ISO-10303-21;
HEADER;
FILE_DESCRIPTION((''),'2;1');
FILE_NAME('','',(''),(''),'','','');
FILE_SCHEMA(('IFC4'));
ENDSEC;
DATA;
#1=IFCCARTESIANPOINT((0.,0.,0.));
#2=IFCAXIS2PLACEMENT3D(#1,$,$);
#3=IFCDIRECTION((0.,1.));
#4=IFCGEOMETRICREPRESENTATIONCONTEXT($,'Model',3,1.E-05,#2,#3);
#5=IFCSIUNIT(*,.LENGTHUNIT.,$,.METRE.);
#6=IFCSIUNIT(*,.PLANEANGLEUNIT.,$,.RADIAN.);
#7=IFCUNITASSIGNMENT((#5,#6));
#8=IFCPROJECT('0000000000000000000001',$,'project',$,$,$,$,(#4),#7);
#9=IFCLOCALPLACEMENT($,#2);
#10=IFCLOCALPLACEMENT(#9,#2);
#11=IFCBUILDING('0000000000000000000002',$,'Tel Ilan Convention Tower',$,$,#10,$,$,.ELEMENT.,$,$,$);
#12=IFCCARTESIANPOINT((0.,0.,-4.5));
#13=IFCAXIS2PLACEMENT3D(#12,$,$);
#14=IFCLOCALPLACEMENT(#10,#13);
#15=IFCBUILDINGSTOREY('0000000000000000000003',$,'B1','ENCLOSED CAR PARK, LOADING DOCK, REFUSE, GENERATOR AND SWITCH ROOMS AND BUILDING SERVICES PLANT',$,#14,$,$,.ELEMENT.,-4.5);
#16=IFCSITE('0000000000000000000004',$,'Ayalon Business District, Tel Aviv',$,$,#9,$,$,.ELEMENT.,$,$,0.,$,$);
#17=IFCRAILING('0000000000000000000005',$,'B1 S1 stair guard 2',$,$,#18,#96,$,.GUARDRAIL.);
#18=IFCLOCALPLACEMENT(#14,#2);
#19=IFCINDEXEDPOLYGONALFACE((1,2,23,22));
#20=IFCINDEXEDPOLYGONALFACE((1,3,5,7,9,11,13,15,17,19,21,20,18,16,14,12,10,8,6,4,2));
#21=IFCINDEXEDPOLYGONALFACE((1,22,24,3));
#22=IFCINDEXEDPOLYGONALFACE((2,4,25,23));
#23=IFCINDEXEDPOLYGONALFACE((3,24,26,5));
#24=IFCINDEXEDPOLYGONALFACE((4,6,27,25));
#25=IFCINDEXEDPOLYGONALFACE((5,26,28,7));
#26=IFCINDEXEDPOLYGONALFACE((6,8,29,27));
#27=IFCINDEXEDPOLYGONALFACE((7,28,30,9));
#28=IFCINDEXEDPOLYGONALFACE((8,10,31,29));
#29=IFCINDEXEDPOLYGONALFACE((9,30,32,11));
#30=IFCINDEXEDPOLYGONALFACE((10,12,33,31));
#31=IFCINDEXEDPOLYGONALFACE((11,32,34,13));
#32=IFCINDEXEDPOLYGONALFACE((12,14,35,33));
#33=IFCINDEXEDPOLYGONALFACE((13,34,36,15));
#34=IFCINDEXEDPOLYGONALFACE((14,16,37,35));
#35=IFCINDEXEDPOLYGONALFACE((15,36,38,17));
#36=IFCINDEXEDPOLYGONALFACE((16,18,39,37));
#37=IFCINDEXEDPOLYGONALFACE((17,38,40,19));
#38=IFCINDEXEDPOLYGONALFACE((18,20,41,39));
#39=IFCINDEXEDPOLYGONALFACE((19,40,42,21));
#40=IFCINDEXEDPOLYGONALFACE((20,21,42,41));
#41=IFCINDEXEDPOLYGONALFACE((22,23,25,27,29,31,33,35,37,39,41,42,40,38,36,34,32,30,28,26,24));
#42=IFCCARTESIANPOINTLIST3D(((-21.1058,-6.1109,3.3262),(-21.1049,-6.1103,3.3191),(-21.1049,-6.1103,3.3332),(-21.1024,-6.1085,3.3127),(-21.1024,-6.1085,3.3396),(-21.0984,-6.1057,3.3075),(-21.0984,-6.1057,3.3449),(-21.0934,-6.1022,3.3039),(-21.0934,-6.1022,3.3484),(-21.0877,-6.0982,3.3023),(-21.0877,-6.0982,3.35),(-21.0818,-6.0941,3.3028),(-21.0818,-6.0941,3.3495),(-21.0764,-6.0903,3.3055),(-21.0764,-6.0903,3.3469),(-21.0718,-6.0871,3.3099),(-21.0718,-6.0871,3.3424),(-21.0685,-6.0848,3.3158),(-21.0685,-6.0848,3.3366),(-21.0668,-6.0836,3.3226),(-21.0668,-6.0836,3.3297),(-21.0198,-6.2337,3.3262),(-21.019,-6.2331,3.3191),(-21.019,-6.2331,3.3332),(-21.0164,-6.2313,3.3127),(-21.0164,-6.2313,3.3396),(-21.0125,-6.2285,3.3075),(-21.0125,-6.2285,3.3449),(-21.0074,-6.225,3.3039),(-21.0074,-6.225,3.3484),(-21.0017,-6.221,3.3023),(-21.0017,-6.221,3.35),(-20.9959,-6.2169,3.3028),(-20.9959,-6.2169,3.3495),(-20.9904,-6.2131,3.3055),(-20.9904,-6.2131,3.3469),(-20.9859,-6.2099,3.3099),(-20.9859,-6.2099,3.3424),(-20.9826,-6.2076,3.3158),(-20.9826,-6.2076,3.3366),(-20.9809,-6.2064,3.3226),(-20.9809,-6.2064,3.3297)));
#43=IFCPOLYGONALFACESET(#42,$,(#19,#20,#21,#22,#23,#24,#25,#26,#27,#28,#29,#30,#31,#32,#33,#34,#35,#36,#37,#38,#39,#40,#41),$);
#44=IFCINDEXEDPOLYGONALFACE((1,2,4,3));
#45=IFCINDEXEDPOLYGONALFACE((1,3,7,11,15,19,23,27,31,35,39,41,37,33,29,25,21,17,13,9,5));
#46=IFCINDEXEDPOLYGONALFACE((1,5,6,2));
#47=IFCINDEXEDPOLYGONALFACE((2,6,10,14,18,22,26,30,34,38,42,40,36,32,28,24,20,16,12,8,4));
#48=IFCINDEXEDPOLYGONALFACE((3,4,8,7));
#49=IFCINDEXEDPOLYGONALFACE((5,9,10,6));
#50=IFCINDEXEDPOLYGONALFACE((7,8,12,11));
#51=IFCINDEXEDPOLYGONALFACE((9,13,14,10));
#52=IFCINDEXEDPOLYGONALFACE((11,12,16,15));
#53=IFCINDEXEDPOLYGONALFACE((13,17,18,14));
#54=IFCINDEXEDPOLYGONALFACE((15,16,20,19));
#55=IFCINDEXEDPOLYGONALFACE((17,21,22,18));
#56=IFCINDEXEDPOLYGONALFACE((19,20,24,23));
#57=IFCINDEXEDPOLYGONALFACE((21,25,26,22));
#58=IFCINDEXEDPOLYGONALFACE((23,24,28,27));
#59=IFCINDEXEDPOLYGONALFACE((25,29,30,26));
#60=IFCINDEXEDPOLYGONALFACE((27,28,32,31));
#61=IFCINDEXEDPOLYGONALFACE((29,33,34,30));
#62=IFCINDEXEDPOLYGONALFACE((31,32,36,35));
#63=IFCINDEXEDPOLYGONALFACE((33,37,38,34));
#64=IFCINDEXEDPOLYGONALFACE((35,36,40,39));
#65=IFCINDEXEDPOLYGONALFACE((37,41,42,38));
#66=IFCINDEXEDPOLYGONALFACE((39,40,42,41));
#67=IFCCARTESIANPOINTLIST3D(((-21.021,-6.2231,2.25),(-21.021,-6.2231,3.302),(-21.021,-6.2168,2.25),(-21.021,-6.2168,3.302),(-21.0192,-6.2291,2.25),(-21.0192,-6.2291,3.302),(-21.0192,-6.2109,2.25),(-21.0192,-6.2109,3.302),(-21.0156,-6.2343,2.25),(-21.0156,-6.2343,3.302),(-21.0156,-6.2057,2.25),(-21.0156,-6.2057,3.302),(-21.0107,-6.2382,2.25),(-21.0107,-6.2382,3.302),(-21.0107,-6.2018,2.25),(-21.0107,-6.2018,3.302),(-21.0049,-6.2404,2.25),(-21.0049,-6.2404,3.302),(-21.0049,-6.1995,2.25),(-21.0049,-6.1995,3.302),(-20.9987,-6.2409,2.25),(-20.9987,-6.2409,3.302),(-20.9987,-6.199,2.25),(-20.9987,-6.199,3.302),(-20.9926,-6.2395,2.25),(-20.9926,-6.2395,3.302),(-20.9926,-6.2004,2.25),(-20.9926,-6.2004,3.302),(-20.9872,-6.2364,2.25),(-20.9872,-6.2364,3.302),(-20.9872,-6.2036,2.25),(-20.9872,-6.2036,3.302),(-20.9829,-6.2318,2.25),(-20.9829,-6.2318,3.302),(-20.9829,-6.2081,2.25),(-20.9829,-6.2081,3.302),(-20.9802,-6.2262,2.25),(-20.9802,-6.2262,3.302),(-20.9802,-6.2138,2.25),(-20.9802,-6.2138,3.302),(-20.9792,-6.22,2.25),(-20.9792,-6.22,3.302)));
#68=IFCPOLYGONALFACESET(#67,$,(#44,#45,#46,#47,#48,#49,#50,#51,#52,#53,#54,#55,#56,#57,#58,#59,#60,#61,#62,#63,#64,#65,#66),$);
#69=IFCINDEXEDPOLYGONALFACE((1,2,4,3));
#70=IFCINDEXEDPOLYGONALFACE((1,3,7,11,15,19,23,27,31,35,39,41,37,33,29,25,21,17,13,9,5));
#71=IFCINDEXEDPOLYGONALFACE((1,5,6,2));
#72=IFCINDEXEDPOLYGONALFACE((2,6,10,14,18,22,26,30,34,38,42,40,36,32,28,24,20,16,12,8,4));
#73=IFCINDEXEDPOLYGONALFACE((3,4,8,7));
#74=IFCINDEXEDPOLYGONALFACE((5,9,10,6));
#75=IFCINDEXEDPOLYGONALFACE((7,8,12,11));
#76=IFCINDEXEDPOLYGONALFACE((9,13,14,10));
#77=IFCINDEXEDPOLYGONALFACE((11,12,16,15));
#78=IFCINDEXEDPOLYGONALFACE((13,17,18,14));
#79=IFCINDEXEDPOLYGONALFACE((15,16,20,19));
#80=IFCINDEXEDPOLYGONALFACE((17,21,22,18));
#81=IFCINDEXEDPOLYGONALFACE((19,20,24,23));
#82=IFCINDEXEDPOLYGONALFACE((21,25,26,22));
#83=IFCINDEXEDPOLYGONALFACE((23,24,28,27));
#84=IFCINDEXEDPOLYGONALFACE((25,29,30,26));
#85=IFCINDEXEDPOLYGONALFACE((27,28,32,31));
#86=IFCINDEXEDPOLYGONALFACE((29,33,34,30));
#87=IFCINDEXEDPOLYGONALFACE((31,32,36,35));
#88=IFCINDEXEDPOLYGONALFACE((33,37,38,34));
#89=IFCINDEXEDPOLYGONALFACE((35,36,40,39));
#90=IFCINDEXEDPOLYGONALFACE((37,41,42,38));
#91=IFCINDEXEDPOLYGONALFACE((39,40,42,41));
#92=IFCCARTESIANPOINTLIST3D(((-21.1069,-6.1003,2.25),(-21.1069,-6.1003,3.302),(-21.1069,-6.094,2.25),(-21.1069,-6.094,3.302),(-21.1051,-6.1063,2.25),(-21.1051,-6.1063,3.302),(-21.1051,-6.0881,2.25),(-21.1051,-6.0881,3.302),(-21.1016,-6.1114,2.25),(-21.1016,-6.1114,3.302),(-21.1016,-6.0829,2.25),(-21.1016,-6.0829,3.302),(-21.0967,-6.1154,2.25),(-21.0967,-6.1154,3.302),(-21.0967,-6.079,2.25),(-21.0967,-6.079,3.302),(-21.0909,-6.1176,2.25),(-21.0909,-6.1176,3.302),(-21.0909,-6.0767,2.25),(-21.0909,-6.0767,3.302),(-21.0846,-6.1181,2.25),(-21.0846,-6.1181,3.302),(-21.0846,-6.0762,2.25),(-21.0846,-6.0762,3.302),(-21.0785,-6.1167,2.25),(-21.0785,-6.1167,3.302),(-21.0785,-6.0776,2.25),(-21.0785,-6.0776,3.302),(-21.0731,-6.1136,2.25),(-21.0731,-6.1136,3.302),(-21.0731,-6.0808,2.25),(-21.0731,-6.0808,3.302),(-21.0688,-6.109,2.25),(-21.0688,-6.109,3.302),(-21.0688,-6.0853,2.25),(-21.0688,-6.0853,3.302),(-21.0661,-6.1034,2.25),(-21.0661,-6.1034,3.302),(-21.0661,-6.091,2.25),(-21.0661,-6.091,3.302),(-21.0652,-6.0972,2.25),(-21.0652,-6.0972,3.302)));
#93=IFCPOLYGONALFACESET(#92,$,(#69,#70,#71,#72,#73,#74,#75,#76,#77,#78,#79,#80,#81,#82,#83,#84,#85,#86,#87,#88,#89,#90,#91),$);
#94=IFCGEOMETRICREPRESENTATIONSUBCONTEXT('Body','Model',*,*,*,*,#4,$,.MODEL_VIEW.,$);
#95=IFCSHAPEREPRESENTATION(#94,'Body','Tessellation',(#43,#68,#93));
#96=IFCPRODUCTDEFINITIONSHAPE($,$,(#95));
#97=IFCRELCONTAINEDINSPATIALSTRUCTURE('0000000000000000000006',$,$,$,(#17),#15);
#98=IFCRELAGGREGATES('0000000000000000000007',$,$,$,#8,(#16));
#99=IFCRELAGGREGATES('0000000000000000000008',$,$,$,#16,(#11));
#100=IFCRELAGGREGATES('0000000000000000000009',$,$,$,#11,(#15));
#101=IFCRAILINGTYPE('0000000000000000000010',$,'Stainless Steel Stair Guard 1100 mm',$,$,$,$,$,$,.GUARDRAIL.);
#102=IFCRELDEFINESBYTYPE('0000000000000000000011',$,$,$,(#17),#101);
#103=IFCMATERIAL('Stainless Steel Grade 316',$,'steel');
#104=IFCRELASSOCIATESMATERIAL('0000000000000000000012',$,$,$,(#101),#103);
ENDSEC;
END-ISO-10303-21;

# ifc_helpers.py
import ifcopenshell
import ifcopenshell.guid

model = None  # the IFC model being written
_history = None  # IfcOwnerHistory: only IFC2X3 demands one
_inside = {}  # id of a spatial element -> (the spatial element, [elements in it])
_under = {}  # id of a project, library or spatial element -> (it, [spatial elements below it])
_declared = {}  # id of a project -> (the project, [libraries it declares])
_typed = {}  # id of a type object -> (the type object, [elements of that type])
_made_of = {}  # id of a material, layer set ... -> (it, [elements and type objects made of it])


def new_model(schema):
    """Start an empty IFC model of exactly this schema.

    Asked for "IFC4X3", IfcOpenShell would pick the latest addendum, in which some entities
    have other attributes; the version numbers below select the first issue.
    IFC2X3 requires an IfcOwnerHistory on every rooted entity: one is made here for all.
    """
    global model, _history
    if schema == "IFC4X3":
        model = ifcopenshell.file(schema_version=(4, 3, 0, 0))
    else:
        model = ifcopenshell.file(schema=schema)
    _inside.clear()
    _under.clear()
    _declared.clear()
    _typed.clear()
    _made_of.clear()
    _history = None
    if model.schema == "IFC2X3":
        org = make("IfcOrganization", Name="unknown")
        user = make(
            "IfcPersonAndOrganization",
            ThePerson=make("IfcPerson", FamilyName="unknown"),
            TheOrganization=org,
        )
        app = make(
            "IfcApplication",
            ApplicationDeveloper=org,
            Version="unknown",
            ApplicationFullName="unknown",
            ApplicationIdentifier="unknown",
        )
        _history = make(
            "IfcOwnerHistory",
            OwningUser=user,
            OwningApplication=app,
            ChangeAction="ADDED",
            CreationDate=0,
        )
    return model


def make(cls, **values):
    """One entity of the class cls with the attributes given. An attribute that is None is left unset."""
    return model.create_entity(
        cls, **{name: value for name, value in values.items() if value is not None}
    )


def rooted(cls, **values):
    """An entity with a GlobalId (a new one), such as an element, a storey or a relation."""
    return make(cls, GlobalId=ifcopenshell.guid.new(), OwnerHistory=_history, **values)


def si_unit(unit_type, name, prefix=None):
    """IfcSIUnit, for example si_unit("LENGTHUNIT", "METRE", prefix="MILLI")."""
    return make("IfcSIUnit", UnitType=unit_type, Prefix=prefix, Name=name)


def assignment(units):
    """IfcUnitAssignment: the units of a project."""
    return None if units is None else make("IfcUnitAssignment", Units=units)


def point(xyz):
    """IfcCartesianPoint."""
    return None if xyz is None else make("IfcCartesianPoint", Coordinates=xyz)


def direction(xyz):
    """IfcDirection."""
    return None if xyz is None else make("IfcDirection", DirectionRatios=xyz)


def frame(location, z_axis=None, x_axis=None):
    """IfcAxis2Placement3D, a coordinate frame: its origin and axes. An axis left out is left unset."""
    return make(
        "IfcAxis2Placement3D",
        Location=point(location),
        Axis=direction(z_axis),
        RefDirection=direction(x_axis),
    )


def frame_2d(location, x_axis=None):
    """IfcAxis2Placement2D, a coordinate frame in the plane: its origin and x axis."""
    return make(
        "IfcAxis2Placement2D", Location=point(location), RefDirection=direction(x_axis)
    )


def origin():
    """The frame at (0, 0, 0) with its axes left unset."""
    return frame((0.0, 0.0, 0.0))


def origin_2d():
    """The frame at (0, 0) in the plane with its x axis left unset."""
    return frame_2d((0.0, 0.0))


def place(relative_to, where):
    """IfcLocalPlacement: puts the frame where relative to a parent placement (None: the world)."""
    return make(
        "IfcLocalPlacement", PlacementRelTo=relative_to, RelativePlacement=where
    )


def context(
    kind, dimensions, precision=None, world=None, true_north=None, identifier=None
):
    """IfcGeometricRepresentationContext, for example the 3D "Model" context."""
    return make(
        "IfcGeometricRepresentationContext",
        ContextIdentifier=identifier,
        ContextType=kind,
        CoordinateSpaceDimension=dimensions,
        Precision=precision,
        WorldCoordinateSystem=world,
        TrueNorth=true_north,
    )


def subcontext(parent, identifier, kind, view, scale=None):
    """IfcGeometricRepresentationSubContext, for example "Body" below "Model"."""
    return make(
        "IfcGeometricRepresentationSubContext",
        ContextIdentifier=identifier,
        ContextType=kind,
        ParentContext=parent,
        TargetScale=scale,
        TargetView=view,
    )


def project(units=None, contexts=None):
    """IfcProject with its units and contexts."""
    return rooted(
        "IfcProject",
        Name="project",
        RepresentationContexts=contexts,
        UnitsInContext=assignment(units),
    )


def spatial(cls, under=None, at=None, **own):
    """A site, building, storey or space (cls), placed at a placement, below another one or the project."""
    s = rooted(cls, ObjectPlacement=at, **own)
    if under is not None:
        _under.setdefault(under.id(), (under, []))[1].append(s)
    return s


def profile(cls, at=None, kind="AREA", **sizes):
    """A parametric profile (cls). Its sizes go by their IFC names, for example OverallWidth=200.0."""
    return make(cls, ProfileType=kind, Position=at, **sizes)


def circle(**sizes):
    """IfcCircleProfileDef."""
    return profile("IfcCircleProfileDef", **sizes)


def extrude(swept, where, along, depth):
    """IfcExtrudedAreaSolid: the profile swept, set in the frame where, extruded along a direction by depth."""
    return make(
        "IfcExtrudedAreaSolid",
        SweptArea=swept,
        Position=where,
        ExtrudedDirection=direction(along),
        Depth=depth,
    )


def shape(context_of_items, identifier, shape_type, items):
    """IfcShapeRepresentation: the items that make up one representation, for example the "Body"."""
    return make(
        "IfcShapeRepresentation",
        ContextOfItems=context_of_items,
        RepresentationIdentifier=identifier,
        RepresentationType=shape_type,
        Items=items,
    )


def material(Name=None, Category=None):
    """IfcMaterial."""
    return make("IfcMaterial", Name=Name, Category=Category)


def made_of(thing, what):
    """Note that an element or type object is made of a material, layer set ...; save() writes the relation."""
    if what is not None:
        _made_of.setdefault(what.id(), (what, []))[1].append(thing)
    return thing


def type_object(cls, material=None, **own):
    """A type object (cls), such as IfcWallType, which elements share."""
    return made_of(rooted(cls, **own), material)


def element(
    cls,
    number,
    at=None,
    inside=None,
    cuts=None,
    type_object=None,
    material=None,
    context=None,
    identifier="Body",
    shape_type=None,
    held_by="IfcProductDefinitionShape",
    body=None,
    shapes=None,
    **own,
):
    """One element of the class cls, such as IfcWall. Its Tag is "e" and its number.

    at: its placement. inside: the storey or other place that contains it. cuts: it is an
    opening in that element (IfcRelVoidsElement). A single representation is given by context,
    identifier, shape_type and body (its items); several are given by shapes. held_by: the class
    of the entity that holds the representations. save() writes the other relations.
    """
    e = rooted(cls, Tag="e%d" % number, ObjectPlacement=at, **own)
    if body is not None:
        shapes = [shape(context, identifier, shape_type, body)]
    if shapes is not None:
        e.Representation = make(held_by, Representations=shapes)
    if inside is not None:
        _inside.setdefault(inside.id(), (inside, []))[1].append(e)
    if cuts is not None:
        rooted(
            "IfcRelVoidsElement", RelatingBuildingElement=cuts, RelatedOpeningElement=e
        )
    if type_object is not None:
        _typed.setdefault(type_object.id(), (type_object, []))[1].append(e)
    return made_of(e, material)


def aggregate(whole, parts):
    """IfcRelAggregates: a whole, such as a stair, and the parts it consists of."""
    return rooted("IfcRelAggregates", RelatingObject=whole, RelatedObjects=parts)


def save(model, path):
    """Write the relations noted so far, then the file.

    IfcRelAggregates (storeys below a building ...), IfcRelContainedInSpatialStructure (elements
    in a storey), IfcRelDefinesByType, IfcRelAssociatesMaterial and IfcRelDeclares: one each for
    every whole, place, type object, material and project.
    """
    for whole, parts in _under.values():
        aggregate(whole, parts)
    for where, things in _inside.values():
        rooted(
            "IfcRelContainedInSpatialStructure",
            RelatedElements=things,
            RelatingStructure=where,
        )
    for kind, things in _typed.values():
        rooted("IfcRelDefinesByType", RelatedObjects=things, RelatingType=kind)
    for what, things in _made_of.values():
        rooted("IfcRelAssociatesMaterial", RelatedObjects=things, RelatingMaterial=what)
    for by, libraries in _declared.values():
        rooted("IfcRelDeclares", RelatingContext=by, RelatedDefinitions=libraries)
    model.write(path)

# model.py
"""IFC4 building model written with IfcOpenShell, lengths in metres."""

from ifc_helpers import new_model, si_unit, direction, frame, origin, origin_2d, place, context, subcontext, project, spatial, circle, extrude, material, type_object, element, save


model = new_model("IFC4")

# Units and contexts
model_context = context("Model", 3, precision=1e-05, world=origin(), true_north=direction((0.0, 1.0)))
body_context = subcontext(model_context, "Body", "Model", "MODEL_VIEW")
ifc_project = project(units=[si_unit("LENGTHUNIT", "METRE"), si_unit("PLANEANGLEUNIT", "RADIAN")], contexts=[model_context])

# Site, building, storey
site_placement = place(None, origin())
site = spatial("IfcSite", under=ifc_project, at=site_placement, Name="Ayalon Business District, Tel Aviv", CompositionType="ELEMENT", RefElevation=0.0)
building_placement = place(site_placement, origin())
building = spatial("IfcBuilding", under=site, at=building_placement, Name="Tel Ilan Convention Tower", CompositionType="ELEMENT")
storey_placement = place(building_placement, frame((0.0, 0.0, -4.5)))
storey = spatial("IfcBuildingStorey", under=building, at=storey_placement, Name="B1", Description="ENCLOSED CAR PARK, LOADING DOCK, REFUSE, GENERATOR AND SWITCH ROOMS AND BUILDING SERVICES PLANT", CompositionType="ELEMENT", Elevation=-4.5)

# Railing
ifc_material_1 = material(Name="Stainless Steel Grade 316", Category="steel")
railing_type_1 = type_object("IfcRailingType", Name="Stainless Steel Stair Guard 1100 mm", PredefinedType="GUARDRAIL", material=ifc_material_1)
railing_1_placement = place(storey_placement, frame((-21.0002, -6.22, 2.25)))
element("IfcRailing", 1, at=railing_1_placement, inside=storey, type_object=railing_type_1, Name="B1 S1 stair guard 2", PredefinedType="GUARDRAIL", context=body_context, shape_type="SweptSolid", body=[
    extrude(circle(Radius=0.0239, at=origin_2d()), frame((0.0, 0.0, 1.0762), z_axis=(-0.573353, 0.819308, 0.0), x_axis=(-0.819308, -0.573353, 0.0)), (0.0, 0.0, 1.0), 0.1499),
    extrude(circle(Radius=0.021, at=origin_2d()), origin(), (0.0, 0.0, 1.0), 1.052),
    extrude(circle(Radius=0.021, at=origin_2d()), frame((-0.0859, 0.1228, 0.0)), (0.0, 0.0, 1.0), 1.052),
])

save(model, "model.ifc")
